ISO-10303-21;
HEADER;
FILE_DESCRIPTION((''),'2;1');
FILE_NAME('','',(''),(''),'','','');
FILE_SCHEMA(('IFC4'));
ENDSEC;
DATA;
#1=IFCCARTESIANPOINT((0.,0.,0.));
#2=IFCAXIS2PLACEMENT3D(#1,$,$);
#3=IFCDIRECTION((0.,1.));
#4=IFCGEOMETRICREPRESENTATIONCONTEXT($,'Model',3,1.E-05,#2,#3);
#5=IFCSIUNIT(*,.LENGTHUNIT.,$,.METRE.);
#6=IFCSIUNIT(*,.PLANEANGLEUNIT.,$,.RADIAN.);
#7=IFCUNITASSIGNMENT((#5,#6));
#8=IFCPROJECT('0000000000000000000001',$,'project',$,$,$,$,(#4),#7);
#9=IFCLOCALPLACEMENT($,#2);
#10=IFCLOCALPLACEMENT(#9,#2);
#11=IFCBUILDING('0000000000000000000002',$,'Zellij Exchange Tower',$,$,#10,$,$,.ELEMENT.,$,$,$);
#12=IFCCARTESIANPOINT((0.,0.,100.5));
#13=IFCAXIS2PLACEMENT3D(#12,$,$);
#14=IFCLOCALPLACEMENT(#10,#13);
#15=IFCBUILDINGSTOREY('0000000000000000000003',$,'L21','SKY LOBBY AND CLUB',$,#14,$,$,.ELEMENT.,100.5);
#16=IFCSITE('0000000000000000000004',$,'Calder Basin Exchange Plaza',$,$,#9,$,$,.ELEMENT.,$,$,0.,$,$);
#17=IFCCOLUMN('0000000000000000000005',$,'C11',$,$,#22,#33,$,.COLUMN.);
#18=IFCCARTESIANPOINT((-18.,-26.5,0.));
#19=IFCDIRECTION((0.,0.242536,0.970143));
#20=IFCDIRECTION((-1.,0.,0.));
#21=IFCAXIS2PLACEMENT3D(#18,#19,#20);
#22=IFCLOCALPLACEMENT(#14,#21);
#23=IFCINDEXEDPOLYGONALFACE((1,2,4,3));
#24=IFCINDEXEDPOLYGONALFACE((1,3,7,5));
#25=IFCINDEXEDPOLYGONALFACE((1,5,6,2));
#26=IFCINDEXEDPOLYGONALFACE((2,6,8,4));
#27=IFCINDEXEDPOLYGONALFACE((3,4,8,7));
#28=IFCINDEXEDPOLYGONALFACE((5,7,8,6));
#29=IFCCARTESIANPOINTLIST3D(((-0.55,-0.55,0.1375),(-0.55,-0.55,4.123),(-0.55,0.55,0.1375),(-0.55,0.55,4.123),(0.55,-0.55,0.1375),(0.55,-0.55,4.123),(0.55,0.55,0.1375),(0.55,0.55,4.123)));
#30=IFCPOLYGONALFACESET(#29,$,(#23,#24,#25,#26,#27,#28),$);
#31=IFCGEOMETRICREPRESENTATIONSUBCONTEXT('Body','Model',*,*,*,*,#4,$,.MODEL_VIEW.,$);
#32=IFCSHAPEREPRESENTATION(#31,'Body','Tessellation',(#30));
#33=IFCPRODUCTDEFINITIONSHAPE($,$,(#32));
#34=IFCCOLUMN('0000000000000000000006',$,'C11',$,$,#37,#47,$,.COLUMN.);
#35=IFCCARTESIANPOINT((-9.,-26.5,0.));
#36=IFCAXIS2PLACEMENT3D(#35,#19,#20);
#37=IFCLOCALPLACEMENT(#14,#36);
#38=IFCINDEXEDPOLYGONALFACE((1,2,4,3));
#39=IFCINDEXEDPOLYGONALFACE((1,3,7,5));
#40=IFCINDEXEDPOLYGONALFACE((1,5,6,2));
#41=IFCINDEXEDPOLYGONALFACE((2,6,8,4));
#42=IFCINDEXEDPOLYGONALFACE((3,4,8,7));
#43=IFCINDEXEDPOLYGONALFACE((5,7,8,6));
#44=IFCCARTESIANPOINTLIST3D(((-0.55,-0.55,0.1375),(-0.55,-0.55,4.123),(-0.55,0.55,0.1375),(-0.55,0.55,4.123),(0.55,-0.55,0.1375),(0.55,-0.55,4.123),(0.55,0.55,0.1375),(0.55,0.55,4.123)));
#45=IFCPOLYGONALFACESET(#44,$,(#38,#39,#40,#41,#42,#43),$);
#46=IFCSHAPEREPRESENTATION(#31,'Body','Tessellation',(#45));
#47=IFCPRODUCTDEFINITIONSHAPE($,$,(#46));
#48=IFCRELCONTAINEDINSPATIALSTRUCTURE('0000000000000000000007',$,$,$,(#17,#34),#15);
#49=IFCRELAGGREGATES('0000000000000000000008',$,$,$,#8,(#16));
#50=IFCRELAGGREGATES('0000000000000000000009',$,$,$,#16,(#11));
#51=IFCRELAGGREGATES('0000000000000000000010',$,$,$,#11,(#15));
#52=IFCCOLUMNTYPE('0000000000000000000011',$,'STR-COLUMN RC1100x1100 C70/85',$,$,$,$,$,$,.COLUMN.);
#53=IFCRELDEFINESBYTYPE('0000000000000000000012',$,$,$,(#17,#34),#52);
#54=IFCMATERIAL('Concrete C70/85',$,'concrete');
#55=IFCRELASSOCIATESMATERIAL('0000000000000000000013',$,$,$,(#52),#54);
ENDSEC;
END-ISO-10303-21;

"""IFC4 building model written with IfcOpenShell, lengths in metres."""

from ifc_helpers import new_model, si_unit, direction, frame, origin, origin_2d, place, context, subcontext, project, spatial, rectangle, extrude, clip, halfspace, material, material_profile, profile_set, type_object, element, save


model = new_model("IFC4")

# Units and contexts
model_context = context("Model", 3, precision=1e-05, world=origin(), true_north=direction((0.0, 1.0)))
body_context = subcontext(model_context, "Body", "Model", "MODEL_VIEW")
ifc_project = project(units=[si_unit("LENGTHUNIT", "METRE"), si_unit("PLANEANGLEUNIT", "RADIAN")], contexts=[model_context])

# Site, building, storey
site_placement = place(None, origin())
site = spatial("IfcSite", under=ifc_project, at=site_placement, Name="Calder Basin Exchange Plaza", CompositionType="ELEMENT", RefElevation=0.0)
building_placement = place(site_placement, origin())
building = spatial("IfcBuilding", under=site, at=building_placement, Name="Zellij Exchange Tower", CompositionType="ELEMENT")
storey_placement = place(building_placement, frame((0.0, 0.0, 100.5)))
storey = spatial("IfcBuildingStorey", under=building, at=storey_placement, Name="L21", Description="SKY LOBBY AND CLUB", CompositionType="ELEMENT", Elevation=100.5)

# Columns
ifc_material_1 = material(Name="Concrete C70/85", Category="concrete")
ifc_material_profile_1 = material_profile(ifc_material_1, rectangle(XDim=1.1001, YDim=1.1001, at=origin_2d()), Name="STR-COLUMN RC1100x1100 C70/85")
ifc_profile_set_1 = profile_set([ifc_material_profile_1], Name="Concrete C70/85")
column_type = type_object("IfcColumnType", Name="STR-COLUMN RC1100x1100 C70/85", PredefinedType="COLUMN", material=ifc_profile_set_1)
for number, where, z_axis, x_axis, name in (
    (1, (-18.0, -26.5, 0.0), (0.0, 0.242536, 0.970143), (-1.0, 0.0, 0.0), "C11"),
    (2, (-9.0, -26.5, 0.0), (0.0, 0.242536, 0.970143), (-1.0, 0.0, 0.0), "C11"),
):
    element("IfcColumn", number, at=place(storey_placement, frame(where, z_axis=z_axis, x_axis=x_axis)), inside=storey, type_object=column_type, Name=name, PredefinedType="COLUMN", context=body_context, shape_type="Clipping", body=[
        clip(extrude(rectangle(XDim=1.1001, YDim=1.1001, at=origin_2d()), origin(), (0.0, 0.0, 1.0), 4.123), halfspace(frame((0.0, 0.0, 0.1375)), True)),
    ])

save(model, "model.ifc")
